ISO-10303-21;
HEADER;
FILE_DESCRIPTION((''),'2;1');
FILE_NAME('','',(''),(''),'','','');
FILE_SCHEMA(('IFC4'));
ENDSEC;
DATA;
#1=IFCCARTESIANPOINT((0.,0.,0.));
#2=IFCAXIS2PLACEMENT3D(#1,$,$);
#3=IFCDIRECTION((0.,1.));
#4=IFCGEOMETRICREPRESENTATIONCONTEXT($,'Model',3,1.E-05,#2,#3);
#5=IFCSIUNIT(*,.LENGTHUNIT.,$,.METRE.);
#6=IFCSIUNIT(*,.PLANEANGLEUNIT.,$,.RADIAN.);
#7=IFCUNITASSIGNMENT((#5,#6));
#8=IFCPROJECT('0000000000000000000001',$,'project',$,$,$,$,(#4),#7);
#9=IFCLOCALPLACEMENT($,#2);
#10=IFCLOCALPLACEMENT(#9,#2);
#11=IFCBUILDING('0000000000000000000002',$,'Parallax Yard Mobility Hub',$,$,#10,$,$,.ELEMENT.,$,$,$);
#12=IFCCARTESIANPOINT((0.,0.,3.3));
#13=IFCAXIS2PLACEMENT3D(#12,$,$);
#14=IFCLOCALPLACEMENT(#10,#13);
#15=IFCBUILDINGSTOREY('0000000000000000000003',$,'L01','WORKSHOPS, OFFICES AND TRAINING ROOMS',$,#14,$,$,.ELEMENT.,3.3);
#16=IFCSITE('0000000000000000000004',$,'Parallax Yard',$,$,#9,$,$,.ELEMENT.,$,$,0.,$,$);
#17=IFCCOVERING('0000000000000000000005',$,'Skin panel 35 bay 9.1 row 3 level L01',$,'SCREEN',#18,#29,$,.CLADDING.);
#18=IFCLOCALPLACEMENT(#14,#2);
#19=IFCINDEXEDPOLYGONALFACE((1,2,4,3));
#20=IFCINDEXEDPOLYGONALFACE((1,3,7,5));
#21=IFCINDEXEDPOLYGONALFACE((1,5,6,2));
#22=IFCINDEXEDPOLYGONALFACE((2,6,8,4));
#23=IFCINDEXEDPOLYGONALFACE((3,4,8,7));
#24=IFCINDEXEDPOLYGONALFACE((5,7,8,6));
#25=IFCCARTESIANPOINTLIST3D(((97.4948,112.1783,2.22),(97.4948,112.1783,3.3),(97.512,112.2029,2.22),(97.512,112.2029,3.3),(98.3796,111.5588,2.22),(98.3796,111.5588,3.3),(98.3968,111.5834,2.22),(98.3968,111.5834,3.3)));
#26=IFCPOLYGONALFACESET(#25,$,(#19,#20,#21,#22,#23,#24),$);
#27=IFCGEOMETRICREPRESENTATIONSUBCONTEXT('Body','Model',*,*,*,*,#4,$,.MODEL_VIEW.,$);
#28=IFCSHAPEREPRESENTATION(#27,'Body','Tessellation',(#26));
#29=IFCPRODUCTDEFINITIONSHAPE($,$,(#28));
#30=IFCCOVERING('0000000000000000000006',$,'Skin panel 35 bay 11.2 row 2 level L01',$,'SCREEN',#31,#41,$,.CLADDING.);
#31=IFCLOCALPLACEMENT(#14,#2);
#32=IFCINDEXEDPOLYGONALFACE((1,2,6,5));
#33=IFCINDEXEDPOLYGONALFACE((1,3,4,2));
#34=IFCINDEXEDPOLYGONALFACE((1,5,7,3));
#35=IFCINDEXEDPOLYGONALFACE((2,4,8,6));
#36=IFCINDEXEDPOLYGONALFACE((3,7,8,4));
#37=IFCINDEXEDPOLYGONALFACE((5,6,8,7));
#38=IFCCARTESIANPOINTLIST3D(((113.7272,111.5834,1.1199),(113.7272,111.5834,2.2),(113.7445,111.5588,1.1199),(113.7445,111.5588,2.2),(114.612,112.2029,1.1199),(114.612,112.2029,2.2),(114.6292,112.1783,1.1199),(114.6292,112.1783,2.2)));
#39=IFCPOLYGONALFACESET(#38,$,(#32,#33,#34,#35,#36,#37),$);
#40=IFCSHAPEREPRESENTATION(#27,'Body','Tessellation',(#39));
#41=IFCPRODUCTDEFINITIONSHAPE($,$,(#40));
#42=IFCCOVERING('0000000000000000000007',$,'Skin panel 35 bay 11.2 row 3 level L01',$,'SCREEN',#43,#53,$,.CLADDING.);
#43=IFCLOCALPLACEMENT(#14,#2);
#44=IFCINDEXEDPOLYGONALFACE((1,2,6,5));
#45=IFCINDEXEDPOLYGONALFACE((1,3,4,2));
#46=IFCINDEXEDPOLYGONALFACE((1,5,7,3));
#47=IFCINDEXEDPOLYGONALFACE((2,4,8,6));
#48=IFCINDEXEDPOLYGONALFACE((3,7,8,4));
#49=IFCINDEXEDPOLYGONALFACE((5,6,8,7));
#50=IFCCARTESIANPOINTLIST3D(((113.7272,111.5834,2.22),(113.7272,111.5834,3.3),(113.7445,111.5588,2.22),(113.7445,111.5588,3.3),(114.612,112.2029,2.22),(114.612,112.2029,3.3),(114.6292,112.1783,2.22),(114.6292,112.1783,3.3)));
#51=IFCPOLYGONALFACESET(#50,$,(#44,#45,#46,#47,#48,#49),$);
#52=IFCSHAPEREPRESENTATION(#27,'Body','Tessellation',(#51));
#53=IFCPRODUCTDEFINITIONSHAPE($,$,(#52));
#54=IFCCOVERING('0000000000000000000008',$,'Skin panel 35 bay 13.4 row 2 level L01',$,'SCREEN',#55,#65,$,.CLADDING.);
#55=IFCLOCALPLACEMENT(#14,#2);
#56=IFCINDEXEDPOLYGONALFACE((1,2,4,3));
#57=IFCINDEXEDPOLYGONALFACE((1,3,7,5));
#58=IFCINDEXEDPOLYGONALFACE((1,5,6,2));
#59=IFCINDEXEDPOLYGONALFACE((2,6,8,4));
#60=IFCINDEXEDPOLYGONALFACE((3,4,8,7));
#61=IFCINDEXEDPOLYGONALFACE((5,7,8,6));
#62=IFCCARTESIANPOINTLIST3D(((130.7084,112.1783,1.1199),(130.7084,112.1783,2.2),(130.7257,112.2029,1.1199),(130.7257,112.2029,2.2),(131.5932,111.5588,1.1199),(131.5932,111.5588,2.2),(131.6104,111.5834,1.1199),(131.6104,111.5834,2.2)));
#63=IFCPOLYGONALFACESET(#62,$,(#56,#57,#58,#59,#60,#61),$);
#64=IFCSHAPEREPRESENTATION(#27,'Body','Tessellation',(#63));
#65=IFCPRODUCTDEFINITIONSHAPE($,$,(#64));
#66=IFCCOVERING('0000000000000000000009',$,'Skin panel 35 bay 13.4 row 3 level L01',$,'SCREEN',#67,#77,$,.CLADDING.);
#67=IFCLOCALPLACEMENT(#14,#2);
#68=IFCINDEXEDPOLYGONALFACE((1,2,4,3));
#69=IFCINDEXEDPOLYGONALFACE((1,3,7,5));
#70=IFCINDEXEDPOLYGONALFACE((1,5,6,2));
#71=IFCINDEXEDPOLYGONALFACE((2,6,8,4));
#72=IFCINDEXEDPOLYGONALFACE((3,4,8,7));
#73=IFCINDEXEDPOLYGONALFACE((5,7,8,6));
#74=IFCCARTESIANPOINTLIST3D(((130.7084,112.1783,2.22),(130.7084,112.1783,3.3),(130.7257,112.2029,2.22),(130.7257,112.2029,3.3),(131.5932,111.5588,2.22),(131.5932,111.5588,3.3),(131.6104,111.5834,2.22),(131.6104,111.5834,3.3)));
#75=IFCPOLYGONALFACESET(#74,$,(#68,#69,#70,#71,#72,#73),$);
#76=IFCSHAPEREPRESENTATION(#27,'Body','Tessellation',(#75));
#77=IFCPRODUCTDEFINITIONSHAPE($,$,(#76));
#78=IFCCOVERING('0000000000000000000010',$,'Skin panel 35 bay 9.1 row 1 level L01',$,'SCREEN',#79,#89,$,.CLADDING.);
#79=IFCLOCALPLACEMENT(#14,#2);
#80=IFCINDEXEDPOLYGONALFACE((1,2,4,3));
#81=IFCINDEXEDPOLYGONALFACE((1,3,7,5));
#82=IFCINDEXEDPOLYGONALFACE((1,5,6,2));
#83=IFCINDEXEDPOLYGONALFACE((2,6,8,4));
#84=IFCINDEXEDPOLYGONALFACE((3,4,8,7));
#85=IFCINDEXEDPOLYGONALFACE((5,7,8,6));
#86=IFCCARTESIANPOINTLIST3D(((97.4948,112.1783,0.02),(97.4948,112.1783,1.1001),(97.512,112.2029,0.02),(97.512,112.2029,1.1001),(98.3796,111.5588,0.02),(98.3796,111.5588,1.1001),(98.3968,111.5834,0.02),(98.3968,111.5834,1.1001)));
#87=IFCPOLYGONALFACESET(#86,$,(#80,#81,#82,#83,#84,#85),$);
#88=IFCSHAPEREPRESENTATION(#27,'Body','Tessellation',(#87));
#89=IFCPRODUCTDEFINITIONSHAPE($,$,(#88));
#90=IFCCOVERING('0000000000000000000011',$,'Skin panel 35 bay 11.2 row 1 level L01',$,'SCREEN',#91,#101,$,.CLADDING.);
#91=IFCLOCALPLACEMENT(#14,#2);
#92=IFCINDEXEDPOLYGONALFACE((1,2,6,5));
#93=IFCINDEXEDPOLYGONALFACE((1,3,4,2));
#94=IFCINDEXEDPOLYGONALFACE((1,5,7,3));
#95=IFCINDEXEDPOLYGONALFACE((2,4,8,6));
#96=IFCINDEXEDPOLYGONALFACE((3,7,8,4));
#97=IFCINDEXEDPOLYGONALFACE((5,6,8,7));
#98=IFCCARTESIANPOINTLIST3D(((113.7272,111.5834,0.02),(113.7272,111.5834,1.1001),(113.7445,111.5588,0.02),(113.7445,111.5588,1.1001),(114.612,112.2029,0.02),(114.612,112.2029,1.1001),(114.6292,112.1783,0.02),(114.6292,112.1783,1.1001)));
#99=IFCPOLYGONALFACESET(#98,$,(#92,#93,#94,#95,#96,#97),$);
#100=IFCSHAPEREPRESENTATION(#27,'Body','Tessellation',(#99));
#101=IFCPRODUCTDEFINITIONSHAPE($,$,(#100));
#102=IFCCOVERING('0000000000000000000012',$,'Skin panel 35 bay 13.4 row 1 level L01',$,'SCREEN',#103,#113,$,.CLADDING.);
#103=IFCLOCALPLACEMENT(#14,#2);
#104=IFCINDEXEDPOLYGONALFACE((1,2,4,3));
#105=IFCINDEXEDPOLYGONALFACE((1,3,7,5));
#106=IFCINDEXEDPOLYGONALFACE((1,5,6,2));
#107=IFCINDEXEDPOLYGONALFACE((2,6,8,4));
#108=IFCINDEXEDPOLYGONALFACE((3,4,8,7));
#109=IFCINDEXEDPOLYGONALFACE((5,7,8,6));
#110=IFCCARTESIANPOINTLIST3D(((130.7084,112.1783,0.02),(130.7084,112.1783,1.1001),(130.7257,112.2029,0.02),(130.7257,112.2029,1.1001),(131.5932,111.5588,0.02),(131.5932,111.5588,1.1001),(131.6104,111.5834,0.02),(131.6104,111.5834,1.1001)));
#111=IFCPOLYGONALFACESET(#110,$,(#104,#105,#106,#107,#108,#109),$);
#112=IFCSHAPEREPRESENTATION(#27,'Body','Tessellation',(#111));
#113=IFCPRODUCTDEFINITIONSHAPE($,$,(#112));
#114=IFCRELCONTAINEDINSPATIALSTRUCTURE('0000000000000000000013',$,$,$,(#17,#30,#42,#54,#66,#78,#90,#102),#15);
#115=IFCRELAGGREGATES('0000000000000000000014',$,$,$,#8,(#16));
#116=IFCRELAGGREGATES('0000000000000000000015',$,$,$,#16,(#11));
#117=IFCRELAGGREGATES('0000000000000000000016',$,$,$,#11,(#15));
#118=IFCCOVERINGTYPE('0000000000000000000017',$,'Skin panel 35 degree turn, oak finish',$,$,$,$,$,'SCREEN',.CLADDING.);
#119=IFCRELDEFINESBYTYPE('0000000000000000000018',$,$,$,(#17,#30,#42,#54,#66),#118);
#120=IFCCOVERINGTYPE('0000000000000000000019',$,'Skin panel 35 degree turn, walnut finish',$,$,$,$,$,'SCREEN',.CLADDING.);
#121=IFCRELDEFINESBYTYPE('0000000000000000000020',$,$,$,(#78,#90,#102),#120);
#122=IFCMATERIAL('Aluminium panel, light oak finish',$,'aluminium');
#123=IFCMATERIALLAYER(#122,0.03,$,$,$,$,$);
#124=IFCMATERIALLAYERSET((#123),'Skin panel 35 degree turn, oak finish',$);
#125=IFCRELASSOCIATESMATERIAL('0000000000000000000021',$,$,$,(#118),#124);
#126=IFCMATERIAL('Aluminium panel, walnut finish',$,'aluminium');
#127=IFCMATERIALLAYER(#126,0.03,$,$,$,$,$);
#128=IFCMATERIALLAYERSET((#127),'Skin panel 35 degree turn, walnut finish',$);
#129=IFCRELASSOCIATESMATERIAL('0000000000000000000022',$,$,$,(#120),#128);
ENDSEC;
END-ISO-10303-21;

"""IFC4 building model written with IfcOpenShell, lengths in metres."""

from ifc_helpers import new_model, si_unit, direction, frame, origin, origin_2d, place, context, subcontext, project, spatial, rectangle, extrude, material, layer, layer_set, type_object, element, save


model = new_model("IFC4")

# Units and contexts
model_context = context("Model", 3, precision=1e-05, world=origin(), true_north=direction((0.0, 1.0)))
body_context = subcontext(model_context, "Body", "Model", "MODEL_VIEW")
ifc_project = project(units=[si_unit("LENGTHUNIT", "METRE"), si_unit("PLANEANGLEUNIT", "RADIAN")], contexts=[model_context])

# Site, building, storey
site_placement = place(None, origin())
site = spatial("IfcSite", under=ifc_project, at=site_placement, Name="Parallax Yard", CompositionType="ELEMENT", RefElevation=0.0)
building_placement = place(site_placement, origin())
building = spatial("IfcBuilding", under=site, at=building_placement, Name="Parallax Yard Mobility Hub", CompositionType="ELEMENT")
storey_placement = place(building_placement, frame((0.0, 0.0, 3.3)))
storey = spatial("IfcBuildingStorey", under=building, at=storey_placement, Name="L01", Description="WORKSHOPS, OFFICES AND TRAINING ROOMS", CompositionType="ELEMENT", Elevation=3.3)

# Coverings
ifc_material_1 = material(Name="Aluminium panel, light oak finish", Category="aluminium")
ifc_material_2 = material(Name="Aluminium panel, walnut finish", Category="aluminium")
ifc_layer_1 = layer(ifc_material_1, 0.03)
ifc_layer_set_1 = layer_set([ifc_layer_1], Name="Skin panel 35 degree turn, oak finish")
covering_type_1 = type_object("IfcCoveringType", Name="Skin panel 35 degree turn, oak finish", ElementType="SCREEN", PredefinedType="CLADDING", material=ifc_layer_set_1)
for number, where, z_axis, x_axis, name in (
    (1, (97.9458, 111.8809, 2.22), (0.0, 0.0, 1.0), (0.819152, -0.573576, 0.0), "Skin panel 35 bay 9.1 row 3 level L01"),
    (2, (114.1782, 111.8809, 1.1199), (0.0, 0.0, 1.0), (-0.819152, -0.573576, 0.0), "Skin panel 35 bay 11.2 row 2 level L01"),
    (3, (114.1782, 111.8809, 2.22), (0.0, 0.0, 1.0), (-0.819152, -0.573576, 0.0), "Skin panel 35 bay 11.2 row 3 level L01"),
    (4, (131.1594, 111.8809, 1.1199), (0.0, 0.0, 1.0), (0.819152, -0.573576, 0.0), "Skin panel 35 bay 13.4 row 2 level L01"),
    (5, (131.1594, 111.8809, 2.22), (0.0, 0.0, 1.0), (0.819152, -0.573576, 0.0), "Skin panel 35 bay 13.4 row 3 level L01"),
):
    element("IfcCovering", number, at=place(storey_placement, frame(where, z_axis=z_axis, x_axis=x_axis)), inside=storey, type_object=covering_type_1, Name=name, ObjectType="SCREEN", PredefinedType="CLADDING", context=body_context, shape_type="SweptSolid", body=[
        extrude(rectangle(XDim=1.0801, YDim=0.03, at=origin_2d()), origin(), (0.0, 0.0, 1.0), 1.0801),
    ])
ifc_layer_2 = layer(ifc_material_2, 0.03)
ifc_layer_set_2 = layer_set([ifc_layer_2], Name="Skin panel 35 degree turn, walnut finish")
covering_type_2 = type_object("IfcCoveringType", Name="Skin panel 35 degree turn, walnut finish", ElementType="SCREEN", PredefinedType="CLADDING", material=ifc_layer_set_2)
for number, where, z_axis, x_axis, name in (
    (6, (97.9458, 111.8809, 0.02), (0.0, 0.0, 1.0), (0.819152, -0.573576, 0.0), "Skin panel 35 bay 9.1 row 1 level L01"),
    (7, (114.1782, 111.8809, 0.02), (0.0, 0.0, 1.0), (-0.819152, -0.573576, 0.0), "Skin panel 35 bay 11.2 row 1 level L01"),
    (8, (131.1594, 111.8809, 0.02), (0.0, 0.0, 1.0), (0.819152, -0.573576, 0.0), "Skin panel 35 bay 13.4 row 1 level L01"),
):
    element("IfcCovering", number, at=place(storey_placement, frame(where, z_axis=z_axis, x_axis=x_axis)), inside=storey, type_object=covering_type_2, Name=name, ObjectType="SCREEN", PredefinedType="CLADDING", context=body_context, shape_type="SweptSolid", body=[
        extrude(rectangle(XDim=1.0801, YDim=0.03, at=origin_2d()), origin(), (0.0, 0.0, 1.0), 1.0801),
    ])

save(model, "model.ifc")
